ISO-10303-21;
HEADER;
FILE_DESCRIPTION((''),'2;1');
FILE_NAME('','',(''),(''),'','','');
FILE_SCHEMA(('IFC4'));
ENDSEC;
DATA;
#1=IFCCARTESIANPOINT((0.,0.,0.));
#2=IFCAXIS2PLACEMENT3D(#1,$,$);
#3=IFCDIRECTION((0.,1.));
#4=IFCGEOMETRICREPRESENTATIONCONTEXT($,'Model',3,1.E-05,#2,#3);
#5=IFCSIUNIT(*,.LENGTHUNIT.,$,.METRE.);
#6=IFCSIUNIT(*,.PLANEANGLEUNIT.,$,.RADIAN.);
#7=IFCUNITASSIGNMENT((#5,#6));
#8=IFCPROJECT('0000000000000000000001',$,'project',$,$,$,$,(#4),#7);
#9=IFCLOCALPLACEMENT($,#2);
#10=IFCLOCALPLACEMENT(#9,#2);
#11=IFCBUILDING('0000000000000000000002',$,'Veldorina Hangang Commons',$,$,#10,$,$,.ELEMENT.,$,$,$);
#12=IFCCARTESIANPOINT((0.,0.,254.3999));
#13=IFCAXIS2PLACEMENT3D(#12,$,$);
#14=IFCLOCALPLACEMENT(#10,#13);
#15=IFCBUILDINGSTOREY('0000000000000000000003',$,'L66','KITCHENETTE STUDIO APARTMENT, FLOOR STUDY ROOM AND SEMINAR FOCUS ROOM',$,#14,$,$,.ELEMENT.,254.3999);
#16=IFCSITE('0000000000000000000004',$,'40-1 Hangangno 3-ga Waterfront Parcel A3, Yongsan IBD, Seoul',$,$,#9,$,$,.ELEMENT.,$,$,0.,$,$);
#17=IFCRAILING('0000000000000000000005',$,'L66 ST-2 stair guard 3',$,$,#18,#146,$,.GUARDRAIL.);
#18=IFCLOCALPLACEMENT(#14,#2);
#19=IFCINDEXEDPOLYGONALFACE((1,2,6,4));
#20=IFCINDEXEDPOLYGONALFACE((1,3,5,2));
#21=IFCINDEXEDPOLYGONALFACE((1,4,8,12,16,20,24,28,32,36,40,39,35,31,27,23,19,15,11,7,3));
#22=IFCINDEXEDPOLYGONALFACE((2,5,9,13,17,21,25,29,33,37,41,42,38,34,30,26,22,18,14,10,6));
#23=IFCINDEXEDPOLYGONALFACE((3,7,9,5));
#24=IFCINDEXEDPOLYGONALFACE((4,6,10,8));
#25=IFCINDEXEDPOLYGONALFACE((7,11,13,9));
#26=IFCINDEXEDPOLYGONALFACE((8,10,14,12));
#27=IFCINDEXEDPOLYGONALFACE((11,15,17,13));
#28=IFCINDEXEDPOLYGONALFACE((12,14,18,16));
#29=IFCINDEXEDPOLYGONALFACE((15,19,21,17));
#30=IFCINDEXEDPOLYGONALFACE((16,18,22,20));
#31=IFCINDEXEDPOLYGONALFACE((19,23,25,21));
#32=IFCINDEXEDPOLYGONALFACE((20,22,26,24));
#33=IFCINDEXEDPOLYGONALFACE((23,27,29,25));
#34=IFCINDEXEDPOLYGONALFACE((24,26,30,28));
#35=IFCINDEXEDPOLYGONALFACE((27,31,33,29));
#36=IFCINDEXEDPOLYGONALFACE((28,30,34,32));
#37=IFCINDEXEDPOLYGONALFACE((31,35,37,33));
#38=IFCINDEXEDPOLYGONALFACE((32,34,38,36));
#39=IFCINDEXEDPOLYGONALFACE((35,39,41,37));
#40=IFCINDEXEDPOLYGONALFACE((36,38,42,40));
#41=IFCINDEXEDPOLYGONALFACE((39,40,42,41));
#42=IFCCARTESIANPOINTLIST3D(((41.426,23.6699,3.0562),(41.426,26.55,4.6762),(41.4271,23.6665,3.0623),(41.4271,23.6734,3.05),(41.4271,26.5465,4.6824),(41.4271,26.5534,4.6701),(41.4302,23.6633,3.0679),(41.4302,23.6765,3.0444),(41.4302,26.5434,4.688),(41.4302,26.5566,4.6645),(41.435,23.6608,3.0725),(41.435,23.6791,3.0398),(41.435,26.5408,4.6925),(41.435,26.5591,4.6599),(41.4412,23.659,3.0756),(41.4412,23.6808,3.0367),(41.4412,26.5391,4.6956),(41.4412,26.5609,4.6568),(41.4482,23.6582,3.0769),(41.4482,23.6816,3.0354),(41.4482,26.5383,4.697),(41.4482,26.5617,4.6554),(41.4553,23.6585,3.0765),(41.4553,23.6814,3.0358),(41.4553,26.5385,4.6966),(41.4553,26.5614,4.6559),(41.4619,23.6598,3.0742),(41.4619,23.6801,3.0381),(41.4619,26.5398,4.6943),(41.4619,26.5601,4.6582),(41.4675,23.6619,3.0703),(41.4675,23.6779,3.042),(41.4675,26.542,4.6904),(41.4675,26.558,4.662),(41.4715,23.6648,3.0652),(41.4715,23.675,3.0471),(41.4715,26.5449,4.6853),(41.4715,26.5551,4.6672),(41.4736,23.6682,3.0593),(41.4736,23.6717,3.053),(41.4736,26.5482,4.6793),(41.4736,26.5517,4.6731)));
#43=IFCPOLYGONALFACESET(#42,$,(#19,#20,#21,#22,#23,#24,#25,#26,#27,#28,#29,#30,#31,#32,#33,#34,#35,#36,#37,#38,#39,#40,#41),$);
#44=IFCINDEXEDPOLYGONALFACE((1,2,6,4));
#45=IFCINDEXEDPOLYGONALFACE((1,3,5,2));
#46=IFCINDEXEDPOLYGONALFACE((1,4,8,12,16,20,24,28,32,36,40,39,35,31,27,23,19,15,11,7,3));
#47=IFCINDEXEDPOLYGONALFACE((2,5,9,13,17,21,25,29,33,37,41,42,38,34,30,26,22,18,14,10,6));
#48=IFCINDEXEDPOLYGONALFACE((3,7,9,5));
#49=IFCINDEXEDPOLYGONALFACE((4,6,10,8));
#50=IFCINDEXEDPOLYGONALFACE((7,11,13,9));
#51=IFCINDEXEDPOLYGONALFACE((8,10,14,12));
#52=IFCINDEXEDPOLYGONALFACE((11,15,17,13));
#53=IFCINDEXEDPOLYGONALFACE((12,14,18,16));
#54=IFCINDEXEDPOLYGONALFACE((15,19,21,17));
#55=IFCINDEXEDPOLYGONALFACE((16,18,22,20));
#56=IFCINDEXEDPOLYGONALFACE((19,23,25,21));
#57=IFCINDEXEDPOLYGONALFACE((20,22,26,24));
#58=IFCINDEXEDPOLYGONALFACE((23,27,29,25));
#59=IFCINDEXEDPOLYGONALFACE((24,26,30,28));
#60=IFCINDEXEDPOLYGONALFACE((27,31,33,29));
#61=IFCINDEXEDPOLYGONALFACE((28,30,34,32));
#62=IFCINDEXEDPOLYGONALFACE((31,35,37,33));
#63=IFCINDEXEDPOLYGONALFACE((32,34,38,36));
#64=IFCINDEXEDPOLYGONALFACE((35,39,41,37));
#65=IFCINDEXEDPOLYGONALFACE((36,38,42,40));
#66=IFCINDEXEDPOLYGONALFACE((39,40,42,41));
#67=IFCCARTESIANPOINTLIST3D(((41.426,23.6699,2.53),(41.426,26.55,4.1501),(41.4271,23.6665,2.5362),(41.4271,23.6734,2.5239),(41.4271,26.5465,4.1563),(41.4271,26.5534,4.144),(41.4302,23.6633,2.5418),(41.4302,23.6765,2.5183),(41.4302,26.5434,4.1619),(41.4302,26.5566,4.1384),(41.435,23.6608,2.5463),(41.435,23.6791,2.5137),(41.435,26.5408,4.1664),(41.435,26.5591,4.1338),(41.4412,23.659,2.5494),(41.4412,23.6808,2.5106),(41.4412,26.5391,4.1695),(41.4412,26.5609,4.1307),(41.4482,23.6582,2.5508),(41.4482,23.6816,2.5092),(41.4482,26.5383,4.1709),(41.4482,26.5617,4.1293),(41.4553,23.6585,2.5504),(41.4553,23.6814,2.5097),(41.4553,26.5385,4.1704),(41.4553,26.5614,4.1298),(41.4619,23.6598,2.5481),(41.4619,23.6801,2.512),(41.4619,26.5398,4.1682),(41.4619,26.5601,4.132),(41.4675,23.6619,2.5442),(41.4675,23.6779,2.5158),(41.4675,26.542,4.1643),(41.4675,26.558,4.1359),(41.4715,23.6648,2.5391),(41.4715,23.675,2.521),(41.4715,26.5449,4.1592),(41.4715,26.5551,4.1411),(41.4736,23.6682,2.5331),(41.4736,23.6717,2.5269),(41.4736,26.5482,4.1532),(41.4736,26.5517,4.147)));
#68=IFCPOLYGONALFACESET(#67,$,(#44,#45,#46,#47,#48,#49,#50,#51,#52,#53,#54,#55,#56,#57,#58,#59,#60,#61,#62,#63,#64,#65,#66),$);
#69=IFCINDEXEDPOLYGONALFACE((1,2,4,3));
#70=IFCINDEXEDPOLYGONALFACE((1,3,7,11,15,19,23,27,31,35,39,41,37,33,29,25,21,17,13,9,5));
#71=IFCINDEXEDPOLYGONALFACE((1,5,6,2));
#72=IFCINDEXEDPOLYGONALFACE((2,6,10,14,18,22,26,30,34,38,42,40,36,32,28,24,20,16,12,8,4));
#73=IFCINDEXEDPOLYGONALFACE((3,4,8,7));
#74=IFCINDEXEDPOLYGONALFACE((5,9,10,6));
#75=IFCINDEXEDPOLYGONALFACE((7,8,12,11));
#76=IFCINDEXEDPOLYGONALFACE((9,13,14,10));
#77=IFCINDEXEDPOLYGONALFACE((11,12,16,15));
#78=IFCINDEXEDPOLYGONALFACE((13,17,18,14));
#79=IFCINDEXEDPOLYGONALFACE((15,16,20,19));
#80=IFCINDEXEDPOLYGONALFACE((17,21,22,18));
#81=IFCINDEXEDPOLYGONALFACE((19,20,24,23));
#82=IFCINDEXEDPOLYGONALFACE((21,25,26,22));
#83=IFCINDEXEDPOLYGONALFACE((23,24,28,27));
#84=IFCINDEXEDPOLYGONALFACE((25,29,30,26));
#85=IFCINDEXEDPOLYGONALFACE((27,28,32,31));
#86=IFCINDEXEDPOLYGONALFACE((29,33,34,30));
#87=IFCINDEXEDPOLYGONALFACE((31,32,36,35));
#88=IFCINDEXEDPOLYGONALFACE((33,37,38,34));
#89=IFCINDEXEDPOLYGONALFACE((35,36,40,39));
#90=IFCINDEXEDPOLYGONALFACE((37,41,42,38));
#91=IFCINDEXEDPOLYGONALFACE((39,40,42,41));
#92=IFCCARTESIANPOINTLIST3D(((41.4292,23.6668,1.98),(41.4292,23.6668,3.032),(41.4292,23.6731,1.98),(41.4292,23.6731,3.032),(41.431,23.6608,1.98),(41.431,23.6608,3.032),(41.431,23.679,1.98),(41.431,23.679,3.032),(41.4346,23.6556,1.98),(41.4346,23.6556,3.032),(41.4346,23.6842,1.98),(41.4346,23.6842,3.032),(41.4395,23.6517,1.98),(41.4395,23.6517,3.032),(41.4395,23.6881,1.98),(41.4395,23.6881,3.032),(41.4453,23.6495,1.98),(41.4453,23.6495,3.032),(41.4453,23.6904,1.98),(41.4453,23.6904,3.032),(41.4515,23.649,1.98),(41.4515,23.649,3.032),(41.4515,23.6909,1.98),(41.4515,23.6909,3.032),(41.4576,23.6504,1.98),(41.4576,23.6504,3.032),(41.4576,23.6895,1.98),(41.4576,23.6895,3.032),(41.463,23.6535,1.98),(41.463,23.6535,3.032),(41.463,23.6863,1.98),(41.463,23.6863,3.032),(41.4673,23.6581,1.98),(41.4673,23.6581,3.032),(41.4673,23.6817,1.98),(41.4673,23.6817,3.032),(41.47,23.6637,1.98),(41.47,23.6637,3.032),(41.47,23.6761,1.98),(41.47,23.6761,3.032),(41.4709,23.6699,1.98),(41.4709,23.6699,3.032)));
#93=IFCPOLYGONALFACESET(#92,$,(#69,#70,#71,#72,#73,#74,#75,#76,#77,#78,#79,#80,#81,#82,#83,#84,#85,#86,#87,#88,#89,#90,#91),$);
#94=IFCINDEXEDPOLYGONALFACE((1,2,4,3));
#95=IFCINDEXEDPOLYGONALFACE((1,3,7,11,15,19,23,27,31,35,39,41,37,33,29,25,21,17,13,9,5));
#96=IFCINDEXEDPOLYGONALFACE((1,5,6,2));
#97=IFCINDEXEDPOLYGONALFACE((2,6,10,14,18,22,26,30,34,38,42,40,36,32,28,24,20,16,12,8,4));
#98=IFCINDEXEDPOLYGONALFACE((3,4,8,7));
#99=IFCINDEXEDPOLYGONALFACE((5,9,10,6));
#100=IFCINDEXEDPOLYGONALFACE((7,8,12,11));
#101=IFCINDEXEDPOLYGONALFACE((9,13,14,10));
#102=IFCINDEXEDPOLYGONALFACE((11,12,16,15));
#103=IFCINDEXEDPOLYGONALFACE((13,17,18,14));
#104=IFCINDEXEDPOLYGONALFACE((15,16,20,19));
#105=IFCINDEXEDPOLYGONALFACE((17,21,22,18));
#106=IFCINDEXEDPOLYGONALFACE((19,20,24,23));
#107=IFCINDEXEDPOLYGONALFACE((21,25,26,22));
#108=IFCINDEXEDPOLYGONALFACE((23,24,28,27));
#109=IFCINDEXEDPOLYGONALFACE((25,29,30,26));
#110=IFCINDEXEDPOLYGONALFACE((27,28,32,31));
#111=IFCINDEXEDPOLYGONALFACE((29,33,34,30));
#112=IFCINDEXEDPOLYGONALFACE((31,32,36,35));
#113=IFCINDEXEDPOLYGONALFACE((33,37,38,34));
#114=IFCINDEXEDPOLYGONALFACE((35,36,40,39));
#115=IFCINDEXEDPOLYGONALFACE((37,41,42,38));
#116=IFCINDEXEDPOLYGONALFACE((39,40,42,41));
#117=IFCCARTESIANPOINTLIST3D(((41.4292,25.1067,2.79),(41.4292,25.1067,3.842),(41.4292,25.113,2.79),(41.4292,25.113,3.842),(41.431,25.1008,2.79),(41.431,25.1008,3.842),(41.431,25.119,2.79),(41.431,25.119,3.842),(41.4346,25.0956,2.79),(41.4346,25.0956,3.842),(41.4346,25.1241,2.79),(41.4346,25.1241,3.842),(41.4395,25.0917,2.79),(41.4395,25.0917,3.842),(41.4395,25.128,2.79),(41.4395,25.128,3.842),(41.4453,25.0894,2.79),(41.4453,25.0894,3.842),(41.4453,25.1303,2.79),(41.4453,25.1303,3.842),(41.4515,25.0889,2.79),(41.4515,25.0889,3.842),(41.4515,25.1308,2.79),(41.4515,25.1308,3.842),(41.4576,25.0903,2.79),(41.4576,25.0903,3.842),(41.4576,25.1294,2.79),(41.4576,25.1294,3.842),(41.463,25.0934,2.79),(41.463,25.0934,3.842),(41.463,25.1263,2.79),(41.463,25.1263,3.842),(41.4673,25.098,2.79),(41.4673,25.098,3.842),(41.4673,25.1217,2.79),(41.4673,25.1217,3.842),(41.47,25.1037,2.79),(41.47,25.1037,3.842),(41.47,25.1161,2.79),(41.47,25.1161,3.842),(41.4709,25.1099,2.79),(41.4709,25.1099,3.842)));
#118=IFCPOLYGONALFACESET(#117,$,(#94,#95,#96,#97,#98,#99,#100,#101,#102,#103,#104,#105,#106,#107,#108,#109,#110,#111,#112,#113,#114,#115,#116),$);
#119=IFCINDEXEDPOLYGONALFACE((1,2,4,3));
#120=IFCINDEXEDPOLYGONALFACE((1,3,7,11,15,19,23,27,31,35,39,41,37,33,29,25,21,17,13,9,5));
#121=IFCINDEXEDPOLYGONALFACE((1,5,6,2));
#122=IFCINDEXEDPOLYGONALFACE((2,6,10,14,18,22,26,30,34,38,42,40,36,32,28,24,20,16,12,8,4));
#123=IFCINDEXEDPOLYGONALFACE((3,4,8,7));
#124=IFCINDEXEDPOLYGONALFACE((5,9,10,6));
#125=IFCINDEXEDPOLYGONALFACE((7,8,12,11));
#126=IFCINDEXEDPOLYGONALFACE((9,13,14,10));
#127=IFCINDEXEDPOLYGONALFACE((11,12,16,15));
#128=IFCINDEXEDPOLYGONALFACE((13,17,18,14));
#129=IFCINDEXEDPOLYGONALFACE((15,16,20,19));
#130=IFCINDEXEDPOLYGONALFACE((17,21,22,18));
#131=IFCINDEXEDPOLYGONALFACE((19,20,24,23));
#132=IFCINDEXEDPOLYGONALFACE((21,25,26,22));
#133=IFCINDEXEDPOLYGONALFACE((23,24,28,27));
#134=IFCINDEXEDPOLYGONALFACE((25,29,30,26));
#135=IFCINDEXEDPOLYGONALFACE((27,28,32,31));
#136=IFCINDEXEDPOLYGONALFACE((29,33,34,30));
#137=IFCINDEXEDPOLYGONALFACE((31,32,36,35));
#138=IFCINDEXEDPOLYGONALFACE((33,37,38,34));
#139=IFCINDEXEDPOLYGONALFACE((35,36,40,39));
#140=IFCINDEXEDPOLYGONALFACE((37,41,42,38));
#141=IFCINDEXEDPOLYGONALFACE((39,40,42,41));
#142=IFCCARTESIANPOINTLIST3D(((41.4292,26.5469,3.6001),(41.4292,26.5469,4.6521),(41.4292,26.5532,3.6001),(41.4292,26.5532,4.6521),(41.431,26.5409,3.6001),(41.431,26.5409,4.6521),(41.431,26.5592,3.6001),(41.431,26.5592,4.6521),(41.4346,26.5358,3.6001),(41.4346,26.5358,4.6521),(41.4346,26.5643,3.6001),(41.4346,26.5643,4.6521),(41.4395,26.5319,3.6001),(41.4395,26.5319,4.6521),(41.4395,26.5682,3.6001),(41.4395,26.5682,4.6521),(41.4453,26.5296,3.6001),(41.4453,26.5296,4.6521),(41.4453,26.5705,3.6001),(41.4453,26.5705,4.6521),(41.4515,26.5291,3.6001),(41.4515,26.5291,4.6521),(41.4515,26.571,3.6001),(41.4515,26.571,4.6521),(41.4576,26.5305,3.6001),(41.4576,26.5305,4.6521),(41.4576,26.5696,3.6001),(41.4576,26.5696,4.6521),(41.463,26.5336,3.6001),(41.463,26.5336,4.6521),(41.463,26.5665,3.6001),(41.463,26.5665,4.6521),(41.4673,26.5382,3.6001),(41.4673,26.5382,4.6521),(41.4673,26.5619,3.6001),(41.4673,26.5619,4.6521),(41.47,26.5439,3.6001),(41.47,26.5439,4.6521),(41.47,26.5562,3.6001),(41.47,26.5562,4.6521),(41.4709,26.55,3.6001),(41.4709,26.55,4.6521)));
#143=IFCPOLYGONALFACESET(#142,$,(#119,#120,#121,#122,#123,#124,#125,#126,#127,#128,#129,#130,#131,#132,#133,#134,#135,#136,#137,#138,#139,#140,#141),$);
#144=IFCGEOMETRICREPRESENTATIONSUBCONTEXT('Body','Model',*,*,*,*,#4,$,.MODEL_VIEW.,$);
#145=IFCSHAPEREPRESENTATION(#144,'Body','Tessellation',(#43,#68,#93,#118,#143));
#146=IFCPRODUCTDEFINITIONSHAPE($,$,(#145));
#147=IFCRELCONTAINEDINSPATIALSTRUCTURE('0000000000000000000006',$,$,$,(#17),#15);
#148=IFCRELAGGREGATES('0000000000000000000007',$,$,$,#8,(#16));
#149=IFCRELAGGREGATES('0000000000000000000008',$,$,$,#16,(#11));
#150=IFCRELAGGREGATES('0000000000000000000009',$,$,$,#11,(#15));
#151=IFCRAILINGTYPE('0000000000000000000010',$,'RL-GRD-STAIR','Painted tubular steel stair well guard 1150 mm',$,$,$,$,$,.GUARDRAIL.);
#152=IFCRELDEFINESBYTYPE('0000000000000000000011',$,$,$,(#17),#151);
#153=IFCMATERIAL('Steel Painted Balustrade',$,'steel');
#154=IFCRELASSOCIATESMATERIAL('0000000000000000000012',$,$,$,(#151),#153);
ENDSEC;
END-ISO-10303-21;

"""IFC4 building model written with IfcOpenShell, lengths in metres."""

from ifc_helpers import new_model, si_unit, direction, frame, origin, origin_2d, place, context, subcontext, project, spatial, circle, extrude, material, type_object, element, save


model = new_model("IFC4")

# Units and contexts
model_context = context("Model", 3, precision=1e-05, world=origin(), true_north=direction((0.0, 1.0)))
body_context = subcontext(model_context, "Body", "Model", "MODEL_VIEW")
ifc_project = project(units=[si_unit("LENGTHUNIT", "METRE"), si_unit("PLANEANGLEUNIT", "RADIAN")], contexts=[model_context])

# Site, building, storey
site_placement = place(None, origin())
site = spatial("IfcSite", under=ifc_project, at=site_placement, Name="40-1 Hangangno 3-ga Waterfront Parcel A3, Yongsan IBD, Seoul", CompositionType="ELEMENT", RefElevation=0.0)
building_placement = place(site_placement, origin())
building = spatial("IfcBuilding", under=site, at=building_placement, Name="Veldorina Hangang Commons", CompositionType="ELEMENT")
storey_placement = place(building_placement, frame((0.0, 0.0, 254.3999)))
storey = spatial("IfcBuildingStorey", under=building, at=storey_placement, Name="L66", Description="KITCHENETTE STUDIO APARTMENT, FLOOR STUDY ROOM AND SEMINAR FOCUS ROOM", CompositionType="ELEMENT", Elevation=254.3999)

# Railing
ifc_material_1 = material(Name="Steel Painted Balustrade", Category="steel")
railing_type_1 = type_object("IfcRailingType", Name="RL-GRD-STAIR", Description="Painted tubular steel stair well guard 1150 mm", PredefinedType="GUARDRAIL", material=ifc_material_1)
railing_1_placement = place(storey_placement, frame((41.45, 23.6699, 1.98)))
element("IfcRailing", 1, at=railing_1_placement, inside=storey, type_object=railing_type_1, Name="L66 ST-2 stair guard 3", PredefinedType="GUARDRAIL", context=body_context, shape_type="SweptSolid", body=[
    extrude(circle(Radius=0.0239, at=origin_2d()), frame((0.0, 0.0, 1.0762), z_axis=(0.0, 0.87157, 0.490272), x_axis=(-1.0, 0.0, 0.0)), (0.0, 0.0, 1.0), 3.3044),
    extrude(circle(Radius=0.0239, at=origin_2d()), frame((0.0, 0.0, 0.55), z_axis=(0.0, 0.87157, 0.490272), x_axis=(-1.0, 0.0, 0.0)), (0.0, 0.0, 1.0), 3.3044),
    extrude(circle(Radius=0.021, at=origin_2d()), origin(), (0.0, 0.0, 1.0), 1.052),
    extrude(circle(Radius=0.021, at=origin_2d()), frame((0.0, 1.4399, 0.8101)), (0.0, 0.0, 1.0), 1.052),
    extrude(circle(Radius=0.021, at=origin_2d()), frame((0.0, 2.8801, 1.6201)), (0.0, 0.0, 1.0), 1.052),
])

save(model, "model.ifc")
